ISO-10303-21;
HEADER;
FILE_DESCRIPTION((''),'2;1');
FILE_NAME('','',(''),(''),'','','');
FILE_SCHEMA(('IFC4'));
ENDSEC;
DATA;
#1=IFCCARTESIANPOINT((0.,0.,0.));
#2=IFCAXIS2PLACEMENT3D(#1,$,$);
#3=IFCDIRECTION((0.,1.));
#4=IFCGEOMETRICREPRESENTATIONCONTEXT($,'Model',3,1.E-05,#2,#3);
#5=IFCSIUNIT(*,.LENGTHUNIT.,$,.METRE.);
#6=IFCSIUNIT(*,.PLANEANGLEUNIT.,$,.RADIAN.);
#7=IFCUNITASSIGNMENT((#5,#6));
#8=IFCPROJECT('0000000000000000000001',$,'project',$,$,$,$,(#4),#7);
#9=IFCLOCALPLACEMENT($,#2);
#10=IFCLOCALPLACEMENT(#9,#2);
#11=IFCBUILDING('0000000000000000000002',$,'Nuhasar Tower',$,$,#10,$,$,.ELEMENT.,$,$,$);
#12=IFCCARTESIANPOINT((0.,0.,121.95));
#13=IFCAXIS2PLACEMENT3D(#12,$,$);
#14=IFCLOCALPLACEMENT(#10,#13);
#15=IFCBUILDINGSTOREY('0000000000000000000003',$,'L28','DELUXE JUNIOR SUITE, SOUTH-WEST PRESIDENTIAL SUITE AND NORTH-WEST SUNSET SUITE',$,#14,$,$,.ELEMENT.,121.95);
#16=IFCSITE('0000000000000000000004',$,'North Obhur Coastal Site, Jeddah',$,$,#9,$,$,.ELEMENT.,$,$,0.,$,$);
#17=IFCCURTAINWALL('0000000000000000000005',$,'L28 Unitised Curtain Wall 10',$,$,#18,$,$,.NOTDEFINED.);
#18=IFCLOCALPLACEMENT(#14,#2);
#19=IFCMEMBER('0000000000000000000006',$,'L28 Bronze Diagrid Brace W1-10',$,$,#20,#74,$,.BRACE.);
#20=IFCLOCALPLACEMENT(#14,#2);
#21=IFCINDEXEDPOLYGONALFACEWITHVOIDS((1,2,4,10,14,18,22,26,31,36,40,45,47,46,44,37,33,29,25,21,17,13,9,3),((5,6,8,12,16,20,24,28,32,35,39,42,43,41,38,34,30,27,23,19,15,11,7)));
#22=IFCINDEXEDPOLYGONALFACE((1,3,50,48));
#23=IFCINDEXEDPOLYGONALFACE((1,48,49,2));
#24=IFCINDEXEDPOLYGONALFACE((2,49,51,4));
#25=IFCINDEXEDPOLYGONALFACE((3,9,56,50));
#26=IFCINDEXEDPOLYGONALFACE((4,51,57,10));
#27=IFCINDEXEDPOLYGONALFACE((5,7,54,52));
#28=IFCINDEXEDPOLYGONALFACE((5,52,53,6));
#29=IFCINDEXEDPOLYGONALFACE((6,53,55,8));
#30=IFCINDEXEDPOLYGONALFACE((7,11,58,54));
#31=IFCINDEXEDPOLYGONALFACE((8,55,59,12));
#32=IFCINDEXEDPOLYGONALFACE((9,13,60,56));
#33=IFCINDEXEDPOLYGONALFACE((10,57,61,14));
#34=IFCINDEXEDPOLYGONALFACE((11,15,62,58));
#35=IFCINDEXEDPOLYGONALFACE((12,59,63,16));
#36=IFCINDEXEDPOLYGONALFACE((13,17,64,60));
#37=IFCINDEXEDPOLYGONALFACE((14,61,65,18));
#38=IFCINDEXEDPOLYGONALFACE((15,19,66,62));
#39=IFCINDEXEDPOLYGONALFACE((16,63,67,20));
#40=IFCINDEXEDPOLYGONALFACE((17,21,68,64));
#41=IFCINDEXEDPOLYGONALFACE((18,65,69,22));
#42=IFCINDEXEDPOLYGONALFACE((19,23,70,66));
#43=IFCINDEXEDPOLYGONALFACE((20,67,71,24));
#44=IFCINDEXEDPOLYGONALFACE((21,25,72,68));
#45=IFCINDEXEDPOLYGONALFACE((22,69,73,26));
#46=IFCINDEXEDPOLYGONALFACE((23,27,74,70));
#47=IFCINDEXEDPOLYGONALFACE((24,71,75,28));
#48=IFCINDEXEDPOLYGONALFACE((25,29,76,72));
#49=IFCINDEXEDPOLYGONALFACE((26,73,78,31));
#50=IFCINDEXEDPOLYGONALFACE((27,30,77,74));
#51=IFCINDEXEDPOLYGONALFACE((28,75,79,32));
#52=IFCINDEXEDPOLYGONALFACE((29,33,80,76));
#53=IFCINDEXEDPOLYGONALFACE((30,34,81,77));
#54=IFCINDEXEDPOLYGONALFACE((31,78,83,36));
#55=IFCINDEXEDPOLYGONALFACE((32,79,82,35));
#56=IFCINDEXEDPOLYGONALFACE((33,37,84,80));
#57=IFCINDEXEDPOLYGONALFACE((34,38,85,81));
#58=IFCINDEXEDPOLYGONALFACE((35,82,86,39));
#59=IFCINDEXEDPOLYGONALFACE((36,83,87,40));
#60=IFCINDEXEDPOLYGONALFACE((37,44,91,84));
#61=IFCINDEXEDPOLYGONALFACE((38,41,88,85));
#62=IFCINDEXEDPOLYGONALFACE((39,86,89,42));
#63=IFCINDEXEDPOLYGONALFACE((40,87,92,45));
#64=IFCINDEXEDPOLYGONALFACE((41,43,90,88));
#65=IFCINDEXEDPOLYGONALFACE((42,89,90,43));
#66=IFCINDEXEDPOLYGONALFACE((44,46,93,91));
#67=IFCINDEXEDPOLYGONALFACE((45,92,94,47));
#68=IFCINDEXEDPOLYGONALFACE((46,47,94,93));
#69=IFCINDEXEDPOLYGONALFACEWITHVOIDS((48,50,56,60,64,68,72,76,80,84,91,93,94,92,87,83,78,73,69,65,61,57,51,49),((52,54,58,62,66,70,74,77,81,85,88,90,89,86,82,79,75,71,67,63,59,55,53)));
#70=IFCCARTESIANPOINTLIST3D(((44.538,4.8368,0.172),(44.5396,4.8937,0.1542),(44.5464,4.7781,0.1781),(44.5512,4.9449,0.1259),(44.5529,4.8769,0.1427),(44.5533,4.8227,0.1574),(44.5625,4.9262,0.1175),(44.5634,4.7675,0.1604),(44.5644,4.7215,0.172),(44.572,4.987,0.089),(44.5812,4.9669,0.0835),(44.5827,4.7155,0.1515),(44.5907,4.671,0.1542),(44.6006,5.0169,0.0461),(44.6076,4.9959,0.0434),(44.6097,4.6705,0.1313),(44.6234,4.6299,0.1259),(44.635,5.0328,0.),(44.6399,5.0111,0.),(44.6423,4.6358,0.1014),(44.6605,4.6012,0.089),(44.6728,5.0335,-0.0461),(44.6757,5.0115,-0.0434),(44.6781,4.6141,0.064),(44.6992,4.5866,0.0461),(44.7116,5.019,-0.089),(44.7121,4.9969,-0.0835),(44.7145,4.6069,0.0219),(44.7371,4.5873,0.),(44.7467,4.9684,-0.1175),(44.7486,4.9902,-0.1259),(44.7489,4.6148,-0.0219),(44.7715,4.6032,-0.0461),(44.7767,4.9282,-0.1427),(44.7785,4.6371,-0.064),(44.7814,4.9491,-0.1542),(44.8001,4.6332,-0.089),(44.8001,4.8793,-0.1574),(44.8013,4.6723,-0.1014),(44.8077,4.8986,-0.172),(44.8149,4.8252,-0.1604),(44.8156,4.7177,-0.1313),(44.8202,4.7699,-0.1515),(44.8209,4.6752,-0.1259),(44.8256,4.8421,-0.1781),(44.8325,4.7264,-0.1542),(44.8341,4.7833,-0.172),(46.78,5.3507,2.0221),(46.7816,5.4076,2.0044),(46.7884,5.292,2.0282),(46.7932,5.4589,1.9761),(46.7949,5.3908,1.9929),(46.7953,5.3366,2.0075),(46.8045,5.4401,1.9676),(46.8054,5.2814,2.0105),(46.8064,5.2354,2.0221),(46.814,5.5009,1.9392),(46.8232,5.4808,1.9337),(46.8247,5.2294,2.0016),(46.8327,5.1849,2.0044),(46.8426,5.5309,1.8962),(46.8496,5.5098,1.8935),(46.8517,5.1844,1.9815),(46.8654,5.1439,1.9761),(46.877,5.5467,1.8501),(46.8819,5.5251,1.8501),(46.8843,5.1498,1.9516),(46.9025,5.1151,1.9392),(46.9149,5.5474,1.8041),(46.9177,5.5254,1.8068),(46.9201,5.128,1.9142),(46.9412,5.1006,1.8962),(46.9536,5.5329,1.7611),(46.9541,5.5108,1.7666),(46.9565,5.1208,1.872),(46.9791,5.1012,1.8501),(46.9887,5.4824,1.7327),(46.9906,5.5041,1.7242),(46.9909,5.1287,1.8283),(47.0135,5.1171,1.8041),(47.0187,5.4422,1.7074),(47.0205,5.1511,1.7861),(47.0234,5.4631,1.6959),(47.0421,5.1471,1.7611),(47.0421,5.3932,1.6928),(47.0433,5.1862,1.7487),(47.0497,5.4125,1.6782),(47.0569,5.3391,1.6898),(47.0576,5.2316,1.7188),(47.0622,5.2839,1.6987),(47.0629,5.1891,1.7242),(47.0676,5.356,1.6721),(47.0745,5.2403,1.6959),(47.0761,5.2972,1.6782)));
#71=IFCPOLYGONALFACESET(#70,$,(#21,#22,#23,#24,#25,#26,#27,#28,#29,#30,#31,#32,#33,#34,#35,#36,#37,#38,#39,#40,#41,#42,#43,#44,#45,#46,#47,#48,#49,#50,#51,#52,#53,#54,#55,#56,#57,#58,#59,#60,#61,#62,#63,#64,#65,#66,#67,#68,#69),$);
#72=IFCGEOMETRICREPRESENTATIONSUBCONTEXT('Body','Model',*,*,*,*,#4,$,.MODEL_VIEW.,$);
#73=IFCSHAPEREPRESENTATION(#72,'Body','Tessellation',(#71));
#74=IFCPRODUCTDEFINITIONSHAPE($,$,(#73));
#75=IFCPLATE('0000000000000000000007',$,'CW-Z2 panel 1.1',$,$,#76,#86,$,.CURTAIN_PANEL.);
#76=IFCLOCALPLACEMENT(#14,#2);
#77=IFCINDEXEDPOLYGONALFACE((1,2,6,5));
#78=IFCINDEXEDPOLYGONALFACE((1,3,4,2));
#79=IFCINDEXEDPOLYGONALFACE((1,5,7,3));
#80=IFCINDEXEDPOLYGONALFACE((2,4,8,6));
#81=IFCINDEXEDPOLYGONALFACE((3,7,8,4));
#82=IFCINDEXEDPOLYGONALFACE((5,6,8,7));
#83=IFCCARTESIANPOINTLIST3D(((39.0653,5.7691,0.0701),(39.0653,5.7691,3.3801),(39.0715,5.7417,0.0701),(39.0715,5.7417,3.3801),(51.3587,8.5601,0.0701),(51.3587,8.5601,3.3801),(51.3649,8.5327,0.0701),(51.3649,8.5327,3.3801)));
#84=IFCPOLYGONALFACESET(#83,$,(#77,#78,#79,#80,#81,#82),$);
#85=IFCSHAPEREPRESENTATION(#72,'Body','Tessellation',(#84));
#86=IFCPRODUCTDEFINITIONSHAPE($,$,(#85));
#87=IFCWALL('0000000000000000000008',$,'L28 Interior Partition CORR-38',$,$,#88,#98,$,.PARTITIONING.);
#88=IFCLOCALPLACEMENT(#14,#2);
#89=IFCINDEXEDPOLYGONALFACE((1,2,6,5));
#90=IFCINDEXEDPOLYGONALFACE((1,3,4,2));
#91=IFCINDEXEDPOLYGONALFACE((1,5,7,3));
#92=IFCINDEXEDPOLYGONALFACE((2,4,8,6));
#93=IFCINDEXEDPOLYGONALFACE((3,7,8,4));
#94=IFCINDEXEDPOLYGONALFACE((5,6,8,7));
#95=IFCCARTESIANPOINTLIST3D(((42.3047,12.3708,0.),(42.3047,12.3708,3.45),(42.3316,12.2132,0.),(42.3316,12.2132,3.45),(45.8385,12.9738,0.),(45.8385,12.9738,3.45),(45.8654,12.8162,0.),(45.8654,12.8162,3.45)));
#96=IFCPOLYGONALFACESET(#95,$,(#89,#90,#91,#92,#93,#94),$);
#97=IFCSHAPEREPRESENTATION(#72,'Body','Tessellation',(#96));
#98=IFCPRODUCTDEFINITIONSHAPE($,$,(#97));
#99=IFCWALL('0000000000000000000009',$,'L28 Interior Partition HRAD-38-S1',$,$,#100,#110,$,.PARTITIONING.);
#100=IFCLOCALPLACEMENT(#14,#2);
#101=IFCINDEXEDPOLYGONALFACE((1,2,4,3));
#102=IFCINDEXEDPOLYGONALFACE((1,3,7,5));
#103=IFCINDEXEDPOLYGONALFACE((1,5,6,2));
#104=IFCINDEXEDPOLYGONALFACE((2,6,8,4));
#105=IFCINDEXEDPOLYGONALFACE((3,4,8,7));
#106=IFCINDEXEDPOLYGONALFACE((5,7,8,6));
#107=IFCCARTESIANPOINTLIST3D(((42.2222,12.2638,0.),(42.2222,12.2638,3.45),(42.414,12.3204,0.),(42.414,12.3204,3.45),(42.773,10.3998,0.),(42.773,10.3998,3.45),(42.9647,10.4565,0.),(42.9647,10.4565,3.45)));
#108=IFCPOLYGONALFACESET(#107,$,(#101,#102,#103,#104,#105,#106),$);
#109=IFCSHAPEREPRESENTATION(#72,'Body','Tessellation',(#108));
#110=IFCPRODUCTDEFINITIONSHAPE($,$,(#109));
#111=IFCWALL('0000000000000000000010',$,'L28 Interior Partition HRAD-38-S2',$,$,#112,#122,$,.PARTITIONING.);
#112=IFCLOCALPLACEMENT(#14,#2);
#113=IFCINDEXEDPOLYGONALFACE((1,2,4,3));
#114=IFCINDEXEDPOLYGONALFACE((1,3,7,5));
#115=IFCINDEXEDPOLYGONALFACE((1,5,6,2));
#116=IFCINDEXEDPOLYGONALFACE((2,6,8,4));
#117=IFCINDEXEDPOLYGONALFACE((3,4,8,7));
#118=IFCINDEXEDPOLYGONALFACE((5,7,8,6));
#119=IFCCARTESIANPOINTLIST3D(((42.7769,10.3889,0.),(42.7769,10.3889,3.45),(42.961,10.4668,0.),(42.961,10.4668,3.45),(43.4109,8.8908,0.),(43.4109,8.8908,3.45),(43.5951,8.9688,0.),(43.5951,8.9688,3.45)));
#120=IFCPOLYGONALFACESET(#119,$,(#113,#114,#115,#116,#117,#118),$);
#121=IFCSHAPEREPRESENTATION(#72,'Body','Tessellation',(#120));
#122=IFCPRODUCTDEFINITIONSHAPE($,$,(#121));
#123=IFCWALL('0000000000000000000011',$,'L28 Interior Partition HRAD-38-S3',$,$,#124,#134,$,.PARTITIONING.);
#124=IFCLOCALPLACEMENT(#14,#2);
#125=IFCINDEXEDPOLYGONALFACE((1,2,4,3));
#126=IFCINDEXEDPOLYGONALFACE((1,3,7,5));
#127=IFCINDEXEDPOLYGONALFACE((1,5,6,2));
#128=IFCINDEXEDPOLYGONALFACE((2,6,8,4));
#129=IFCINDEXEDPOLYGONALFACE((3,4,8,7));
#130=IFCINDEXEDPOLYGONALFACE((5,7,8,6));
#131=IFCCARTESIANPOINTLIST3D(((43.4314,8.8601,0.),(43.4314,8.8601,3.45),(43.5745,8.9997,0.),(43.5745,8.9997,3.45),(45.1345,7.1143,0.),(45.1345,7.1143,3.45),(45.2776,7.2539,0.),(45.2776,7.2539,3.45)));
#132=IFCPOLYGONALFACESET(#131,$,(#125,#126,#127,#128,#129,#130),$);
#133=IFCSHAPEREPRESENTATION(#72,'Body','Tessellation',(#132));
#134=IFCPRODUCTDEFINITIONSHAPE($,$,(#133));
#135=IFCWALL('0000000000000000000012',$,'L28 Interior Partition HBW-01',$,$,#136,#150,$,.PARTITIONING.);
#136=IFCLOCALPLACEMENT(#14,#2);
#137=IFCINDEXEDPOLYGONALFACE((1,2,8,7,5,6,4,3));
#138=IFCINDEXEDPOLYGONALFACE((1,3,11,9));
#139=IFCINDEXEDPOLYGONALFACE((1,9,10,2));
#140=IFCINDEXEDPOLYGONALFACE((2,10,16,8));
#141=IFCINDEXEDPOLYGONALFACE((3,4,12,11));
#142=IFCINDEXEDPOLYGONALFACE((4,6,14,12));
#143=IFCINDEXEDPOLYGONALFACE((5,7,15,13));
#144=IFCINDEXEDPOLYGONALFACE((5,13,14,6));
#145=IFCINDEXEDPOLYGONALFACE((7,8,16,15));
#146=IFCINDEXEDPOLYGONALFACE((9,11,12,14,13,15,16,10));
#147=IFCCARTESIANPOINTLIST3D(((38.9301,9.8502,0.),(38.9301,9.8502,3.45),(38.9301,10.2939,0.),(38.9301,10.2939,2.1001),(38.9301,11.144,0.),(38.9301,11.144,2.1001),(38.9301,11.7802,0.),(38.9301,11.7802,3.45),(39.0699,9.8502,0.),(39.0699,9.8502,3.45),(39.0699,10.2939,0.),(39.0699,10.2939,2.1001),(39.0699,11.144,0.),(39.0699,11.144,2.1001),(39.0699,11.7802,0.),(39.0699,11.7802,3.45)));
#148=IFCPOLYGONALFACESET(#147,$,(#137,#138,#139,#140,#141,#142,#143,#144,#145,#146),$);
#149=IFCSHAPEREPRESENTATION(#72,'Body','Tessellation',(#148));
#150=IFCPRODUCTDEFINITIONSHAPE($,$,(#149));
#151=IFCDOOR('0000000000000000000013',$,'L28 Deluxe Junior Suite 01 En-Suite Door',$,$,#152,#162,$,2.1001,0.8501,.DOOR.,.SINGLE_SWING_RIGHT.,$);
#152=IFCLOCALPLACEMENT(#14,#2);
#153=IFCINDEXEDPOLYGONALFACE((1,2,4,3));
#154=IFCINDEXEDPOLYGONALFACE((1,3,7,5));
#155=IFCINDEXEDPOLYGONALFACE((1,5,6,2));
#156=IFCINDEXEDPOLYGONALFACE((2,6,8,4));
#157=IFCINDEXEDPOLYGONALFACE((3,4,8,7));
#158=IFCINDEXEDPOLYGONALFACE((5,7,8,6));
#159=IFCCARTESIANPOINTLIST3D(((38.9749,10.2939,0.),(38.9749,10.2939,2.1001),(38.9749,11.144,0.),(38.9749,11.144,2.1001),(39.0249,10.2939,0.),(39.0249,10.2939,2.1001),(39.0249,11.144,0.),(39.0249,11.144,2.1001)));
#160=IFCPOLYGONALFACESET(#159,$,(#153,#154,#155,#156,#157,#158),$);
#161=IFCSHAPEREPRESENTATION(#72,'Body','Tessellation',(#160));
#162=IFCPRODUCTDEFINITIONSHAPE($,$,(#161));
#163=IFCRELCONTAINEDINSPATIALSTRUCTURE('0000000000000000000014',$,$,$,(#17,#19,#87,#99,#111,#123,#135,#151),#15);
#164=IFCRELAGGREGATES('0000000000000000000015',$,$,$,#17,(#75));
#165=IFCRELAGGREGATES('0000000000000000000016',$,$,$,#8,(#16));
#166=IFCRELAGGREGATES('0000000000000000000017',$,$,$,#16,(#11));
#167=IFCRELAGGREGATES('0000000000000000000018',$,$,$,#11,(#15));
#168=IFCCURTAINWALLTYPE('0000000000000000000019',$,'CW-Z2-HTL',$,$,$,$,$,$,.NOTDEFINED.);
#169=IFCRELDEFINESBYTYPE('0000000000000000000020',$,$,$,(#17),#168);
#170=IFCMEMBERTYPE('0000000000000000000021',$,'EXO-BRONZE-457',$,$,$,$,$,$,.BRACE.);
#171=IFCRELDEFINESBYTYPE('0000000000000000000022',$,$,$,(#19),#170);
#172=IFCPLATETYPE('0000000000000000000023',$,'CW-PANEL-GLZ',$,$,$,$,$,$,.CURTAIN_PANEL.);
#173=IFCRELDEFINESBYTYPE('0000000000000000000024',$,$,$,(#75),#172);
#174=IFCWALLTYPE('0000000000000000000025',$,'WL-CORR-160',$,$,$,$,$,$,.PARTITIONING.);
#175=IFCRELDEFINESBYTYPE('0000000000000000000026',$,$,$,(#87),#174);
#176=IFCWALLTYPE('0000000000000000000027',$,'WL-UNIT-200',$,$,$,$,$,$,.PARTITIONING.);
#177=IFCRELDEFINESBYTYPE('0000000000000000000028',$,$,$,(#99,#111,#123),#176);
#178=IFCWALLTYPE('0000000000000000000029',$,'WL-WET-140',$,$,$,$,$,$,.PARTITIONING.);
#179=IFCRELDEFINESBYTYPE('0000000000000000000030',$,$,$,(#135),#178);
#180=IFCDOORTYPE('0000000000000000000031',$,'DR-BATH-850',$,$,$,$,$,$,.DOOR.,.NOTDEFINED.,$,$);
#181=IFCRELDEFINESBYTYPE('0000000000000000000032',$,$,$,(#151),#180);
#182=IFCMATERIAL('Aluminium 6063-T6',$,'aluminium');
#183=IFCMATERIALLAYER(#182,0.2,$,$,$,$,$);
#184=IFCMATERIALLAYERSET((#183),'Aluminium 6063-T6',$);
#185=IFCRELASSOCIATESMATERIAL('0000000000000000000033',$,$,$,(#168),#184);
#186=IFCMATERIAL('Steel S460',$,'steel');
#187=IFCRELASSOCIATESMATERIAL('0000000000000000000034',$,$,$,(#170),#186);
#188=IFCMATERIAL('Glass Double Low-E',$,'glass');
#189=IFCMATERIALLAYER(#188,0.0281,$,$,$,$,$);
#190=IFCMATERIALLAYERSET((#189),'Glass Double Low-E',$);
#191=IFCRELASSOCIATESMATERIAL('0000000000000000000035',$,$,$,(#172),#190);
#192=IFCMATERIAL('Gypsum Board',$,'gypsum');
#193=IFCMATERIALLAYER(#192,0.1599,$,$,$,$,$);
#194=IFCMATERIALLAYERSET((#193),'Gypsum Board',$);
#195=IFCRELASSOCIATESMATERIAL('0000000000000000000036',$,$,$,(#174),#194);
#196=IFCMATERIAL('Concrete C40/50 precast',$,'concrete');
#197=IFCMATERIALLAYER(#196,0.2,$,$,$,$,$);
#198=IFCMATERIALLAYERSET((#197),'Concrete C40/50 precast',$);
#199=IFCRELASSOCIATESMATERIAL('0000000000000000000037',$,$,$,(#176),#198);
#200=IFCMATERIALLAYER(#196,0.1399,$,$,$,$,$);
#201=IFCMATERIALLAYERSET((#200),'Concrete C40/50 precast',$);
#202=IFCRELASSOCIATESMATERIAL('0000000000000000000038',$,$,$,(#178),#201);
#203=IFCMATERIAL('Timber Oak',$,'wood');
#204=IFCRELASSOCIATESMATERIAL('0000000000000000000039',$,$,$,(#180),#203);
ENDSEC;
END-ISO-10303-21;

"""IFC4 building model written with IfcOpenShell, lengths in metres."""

from ifc_helpers import new_model, si_unit, direction, frame, frame_2d, origin, origin_2d, place, context, subcontext, project, spatial, rectangle, hollow_circle, extrude, material, layer, layer_set, material_profile, profile_set, type_object, element, fill, aggregate, save


model = new_model("IFC4")

# Units and contexts
model_context = context("Model", 3, precision=1e-05, world=origin(), true_north=direction((0.0, 1.0)))
body_context = subcontext(model_context, "Body", "Model", "MODEL_VIEW")
ifc_project = project(units=[si_unit("LENGTHUNIT", "METRE"), si_unit("PLANEANGLEUNIT", "RADIAN")], contexts=[model_context])

# Site, building, storey
site_placement = place(None, origin())
site = spatial("IfcSite", under=ifc_project, at=site_placement, Name="North Obhur Coastal Site, Jeddah", CompositionType="ELEMENT", RefElevation=0.0)
building_placement = place(site_placement, origin())
building = spatial("IfcBuilding", under=site, at=building_placement, Name="Nuhasar Tower", CompositionType="ELEMENT")
storey_placement = place(building_placement, frame((0.0, 0.0, 121.95)))
storey = spatial("IfcBuildingStorey", under=building, at=storey_placement, Name="L28", Description="DELUXE JUNIOR SUITE, SOUTH-WEST PRESIDENTIAL SUITE AND NORTH-WEST SUNSET SUITE", CompositionType="ELEMENT", Elevation=121.95)

# Shared definitions
ifc_material_1 = material(Name="Aluminium 6063-T6", Category="aluminium")
ifc_layer_1 = layer(ifc_material_1, 0.2)
ifc_layer_set_1 = layer_set([ifc_layer_1], Name="Aluminium 6063-T6")
curtain_wall_type = type_object("IfcCurtainWallType", Name="CW-Z2-HTL", PredefinedType="NOTDEFINED", material=ifc_layer_set_1)

# Curtain wall
curtain_wall_1_placement = place(storey_placement, origin())
curtain_wall_1 = element("IfcCurtainWall", 1, at=curtain_wall_1_placement, inside=storey, type_object=curtain_wall_type, Name="L28 Unitised Curtain Wall 10", PredefinedType="NOTDEFINED")

# Member
ifc_material_2 = material(Name="Steel S460", Category="steel")
ifc_material_profile_1 = material_profile(ifc_material_2, hollow_circle(Radius=0.2285, WallThickness=0.0222, at=origin_2d()), Name="HSS457X22.2")
ifc_profile_set_1 = profile_set([ifc_material_profile_1], Name="Steel S460")
member_type_1 = type_object("IfcMemberType", Name="EXO-BRONZE-457", PredefinedType="BRACE", material=ifc_profile_set_1)
member_1_placement = place(storey_placement, frame((44.686, 4.8101, 0.0), z_axis=(0.75951, 0.174101, 0.626764), x_axis=(-0.223433, 0.974719, 0.0)))
element("IfcMember", 2, at=member_1_placement, inside=storey, type_object=member_type_1, Name="L28 Bronze Diagrid Brace W1-10", PredefinedType="BRACE", context=body_context, shape_type="SweptSolid", body=[
    extrude(hollow_circle(Radius=0.2285, WallThickness=0.0222, at=origin_2d()), origin(), (0.0, 0.0, 1.0), 2.9519),
])

# Plate
ifc_material_3 = material(Name="Glass Double Low-E", Category="glass")
ifc_layer_2 = layer(ifc_material_3, 0.0281)
ifc_layer_set_2 = layer_set([ifc_layer_2], Name="Glass Double Low-E")
plate_type = type_object("IfcPlateType", Name="CW-PANEL-GLZ", PredefinedType="CURTAIN_PANEL", material=ifc_layer_set_2)
plate_placement = place(storey_placement, frame((45.2151, 7.1509, 0.0701), z_axis=(0.0, 0.0, 1.0), x_axis=(0.975184, 0.221397, 0.0)))
plate = element("IfcPlate", 3, at=plate_placement, type_object=plate_type, Name="CW-Z2 panel 1.1", PredefinedType="CURTAIN_PANEL", context=body_context, shape_type="SweptSolid", body=[
    extrude(rectangle(XDim=12.6062, YDim=0.0281, at=origin_2d()), origin(), (0.0, 0.0, 1.0), 3.3101),
])
aggregate(curtain_wall_1, [plate])

# Shared definitions
ifc_material_4 = material(Name="Gypsum Board", Category="gypsum")
ifc_layer_3 = layer(ifc_material_4, 0.1599)
ifc_layer_set_3 = layer_set([ifc_layer_3], Name="Gypsum Board")
wall_type_1 = type_object("IfcWallType", Name="WL-CORR-160", PredefinedType="PARTITIONING", material=ifc_layer_set_3)
ifc_material_5 = material(Name="Timber Oak", Category="wood")

# Wall
wall_1_placement = place(storey_placement, frame((42.3181, 12.292, 0.0), z_axis=(0.0, 0.0, 1.0), x_axis=(0.985752, 0.168208, 0.0)))
element("IfcWall", 4, at=wall_1_placement, inside=storey, type_object=wall_type_1, Name="L28 Interior Partition CORR-38", PredefinedType="PARTITIONING", context=body_context, shape_type="SweptSolid", body=[
    extrude(rectangle(XDim=3.585, YDim=0.1599, at=frame_2d((1.7925, 0.0))), origin(), (0.0, 0.0, 1.0), 3.45),
])

# Walls
ifc_material_6 = material(Name="Concrete C40/50 precast", Category="concrete")
ifc_layer_4 = layer(ifc_material_6, 0.2)
ifc_layer_set_4 = layer_set([ifc_layer_4], Name="Concrete C40/50 precast")
wall_type_2 = type_object("IfcWallType", Name="WL-UNIT-200", PredefinedType="PARTITIONING", material=ifc_layer_set_4)
wall_2_placement = place(storey_placement, frame((42.3181, 12.292, 0.0), z_axis=(0.0, 0.0, 1.0), x_axis=(0.28337, -0.959011, 0.0)))
element("IfcWall", 5, at=wall_2_placement, inside=storey, type_object=wall_type_2, Name="L28 Interior Partition HRAD-38-S1", PredefinedType="PARTITIONING", context=body_context, shape_type="SweptSolid", body=[
    extrude(rectangle(XDim=1.9436, YDim=0.2, at=frame_2d((0.9717, 0.0))), origin(), (0.0, 0.0, 1.0), 3.45),
])
wall_3_placement = place(storey_placement, frame((42.8689, 10.428, 0.0), z_axis=(0.0, 0.0, 1.0), x_axis=(0.389767, -0.920913, 0.0)))
element("IfcWall", 6, at=wall_3_placement, inside=storey, type_object=wall_type_2, Name="L28 Interior Partition HRAD-38-S2", PredefinedType="PARTITIONING", context=body_context, shape_type="SweptSolid", body=[
    extrude(rectangle(XDim=1.6267, YDim=0.2, at=frame_2d((0.8135, 0.0))), origin(), (0.0, 0.0, 1.0), 3.45),
])
wall_4_placement = place(storey_placement, frame((43.5029, 8.9299, 0.0), z_axis=(0.0, 0.0, 1.0), x_axis=(0.698294, -0.715811, 0.0)))
element("IfcWall", 7, at=wall_4_placement, inside=storey, type_object=wall_type_2, Name="L28 Interior Partition HRAD-38-S3", PredefinedType="PARTITIONING", context=body_context, shape_type="SweptSolid", body=[
    extrude(rectangle(XDim=2.439, YDim=0.2, at=frame_2d((1.2195, 0.0))), origin(), (0.0, 0.0, 1.0), 3.45),
])

# Wall, opening, door
ifc_layer_5 = layer(ifc_material_6, 0.1399)
ifc_layer_set_5 = layer_set([ifc_layer_5], Name="Concrete C40/50 precast")
wall_type_3 = type_object("IfcWallType", Name="WL-WET-140", PredefinedType="PARTITIONING", material=ifc_layer_set_5)
wall_5_placement = place(storey_placement, frame((39.0, 11.78, 0.0), z_axis=(0.0, 0.0, 1.0), x_axis=(0.0, -1.0, 0.0)))
wall_5 = element("IfcWall", 8, at=wall_5_placement, inside=storey, type_object=wall_type_3, Name="L28 Interior Partition HBW-01", PredefinedType="PARTITIONING", context=body_context, shape_type="SweptSolid", body=[
    extrude(rectangle(XDim=1.9299, YDim=0.1399, at=frame_2d((0.9648, 0.0))), origin(), (0.0, 0.0, 1.0), 3.45),
])
opening_1_placement = place(wall_5_placement, frame((0.636, 0.0, 0.0)))
opening_1 = element("IfcOpeningElement", 9, at=opening_1_placement, cuts=wall_5, PredefinedType="OPENING", context=body_context, shape_type="SweptSolid", body=[
    extrude(rectangle(XDim=0.8501, YDim=2.1001, at=frame_2d((0.425, 1.05))), frame((0.0, 0.0801, 0.0), z_axis=(0.0, -1.0, 0.0), x_axis=(1.0, 0.0, 0.0)), (0.0, 0.0, 1.0), 0.1599),
])
door_type_1 = type_object("IfcDoorType", Name="DR-BATH-850", OperationType="NOTDEFINED", PredefinedType="DOOR", material=ifc_material_5)
door_1_placement = place(opening_1_placement, origin())
door_1 = element("IfcDoor", 10, at=door_1_placement, inside=storey, type_object=door_type_1, Name="L28 Deluxe Junior Suite 01 En-Suite Door", OperationType="SINGLE_SWING_RIGHT", OverallHeight=2.1001, OverallWidth=0.8501, PredefinedType="DOOR", context=body_context, shape_type="SweptSolid", body=[
    extrude(rectangle(XDim=0.8501, YDim=2.1001, at=frame_2d((0.425, 1.05))), frame((0.0, 0.0249, 0.0), z_axis=(0.0, -1.0, 0.0), x_axis=(1.0, 0.0, 0.0)), (0.0, 0.0, 1.0), 0.05),
])
fill(opening_1, door_1)

save(model, "model.ifc")
